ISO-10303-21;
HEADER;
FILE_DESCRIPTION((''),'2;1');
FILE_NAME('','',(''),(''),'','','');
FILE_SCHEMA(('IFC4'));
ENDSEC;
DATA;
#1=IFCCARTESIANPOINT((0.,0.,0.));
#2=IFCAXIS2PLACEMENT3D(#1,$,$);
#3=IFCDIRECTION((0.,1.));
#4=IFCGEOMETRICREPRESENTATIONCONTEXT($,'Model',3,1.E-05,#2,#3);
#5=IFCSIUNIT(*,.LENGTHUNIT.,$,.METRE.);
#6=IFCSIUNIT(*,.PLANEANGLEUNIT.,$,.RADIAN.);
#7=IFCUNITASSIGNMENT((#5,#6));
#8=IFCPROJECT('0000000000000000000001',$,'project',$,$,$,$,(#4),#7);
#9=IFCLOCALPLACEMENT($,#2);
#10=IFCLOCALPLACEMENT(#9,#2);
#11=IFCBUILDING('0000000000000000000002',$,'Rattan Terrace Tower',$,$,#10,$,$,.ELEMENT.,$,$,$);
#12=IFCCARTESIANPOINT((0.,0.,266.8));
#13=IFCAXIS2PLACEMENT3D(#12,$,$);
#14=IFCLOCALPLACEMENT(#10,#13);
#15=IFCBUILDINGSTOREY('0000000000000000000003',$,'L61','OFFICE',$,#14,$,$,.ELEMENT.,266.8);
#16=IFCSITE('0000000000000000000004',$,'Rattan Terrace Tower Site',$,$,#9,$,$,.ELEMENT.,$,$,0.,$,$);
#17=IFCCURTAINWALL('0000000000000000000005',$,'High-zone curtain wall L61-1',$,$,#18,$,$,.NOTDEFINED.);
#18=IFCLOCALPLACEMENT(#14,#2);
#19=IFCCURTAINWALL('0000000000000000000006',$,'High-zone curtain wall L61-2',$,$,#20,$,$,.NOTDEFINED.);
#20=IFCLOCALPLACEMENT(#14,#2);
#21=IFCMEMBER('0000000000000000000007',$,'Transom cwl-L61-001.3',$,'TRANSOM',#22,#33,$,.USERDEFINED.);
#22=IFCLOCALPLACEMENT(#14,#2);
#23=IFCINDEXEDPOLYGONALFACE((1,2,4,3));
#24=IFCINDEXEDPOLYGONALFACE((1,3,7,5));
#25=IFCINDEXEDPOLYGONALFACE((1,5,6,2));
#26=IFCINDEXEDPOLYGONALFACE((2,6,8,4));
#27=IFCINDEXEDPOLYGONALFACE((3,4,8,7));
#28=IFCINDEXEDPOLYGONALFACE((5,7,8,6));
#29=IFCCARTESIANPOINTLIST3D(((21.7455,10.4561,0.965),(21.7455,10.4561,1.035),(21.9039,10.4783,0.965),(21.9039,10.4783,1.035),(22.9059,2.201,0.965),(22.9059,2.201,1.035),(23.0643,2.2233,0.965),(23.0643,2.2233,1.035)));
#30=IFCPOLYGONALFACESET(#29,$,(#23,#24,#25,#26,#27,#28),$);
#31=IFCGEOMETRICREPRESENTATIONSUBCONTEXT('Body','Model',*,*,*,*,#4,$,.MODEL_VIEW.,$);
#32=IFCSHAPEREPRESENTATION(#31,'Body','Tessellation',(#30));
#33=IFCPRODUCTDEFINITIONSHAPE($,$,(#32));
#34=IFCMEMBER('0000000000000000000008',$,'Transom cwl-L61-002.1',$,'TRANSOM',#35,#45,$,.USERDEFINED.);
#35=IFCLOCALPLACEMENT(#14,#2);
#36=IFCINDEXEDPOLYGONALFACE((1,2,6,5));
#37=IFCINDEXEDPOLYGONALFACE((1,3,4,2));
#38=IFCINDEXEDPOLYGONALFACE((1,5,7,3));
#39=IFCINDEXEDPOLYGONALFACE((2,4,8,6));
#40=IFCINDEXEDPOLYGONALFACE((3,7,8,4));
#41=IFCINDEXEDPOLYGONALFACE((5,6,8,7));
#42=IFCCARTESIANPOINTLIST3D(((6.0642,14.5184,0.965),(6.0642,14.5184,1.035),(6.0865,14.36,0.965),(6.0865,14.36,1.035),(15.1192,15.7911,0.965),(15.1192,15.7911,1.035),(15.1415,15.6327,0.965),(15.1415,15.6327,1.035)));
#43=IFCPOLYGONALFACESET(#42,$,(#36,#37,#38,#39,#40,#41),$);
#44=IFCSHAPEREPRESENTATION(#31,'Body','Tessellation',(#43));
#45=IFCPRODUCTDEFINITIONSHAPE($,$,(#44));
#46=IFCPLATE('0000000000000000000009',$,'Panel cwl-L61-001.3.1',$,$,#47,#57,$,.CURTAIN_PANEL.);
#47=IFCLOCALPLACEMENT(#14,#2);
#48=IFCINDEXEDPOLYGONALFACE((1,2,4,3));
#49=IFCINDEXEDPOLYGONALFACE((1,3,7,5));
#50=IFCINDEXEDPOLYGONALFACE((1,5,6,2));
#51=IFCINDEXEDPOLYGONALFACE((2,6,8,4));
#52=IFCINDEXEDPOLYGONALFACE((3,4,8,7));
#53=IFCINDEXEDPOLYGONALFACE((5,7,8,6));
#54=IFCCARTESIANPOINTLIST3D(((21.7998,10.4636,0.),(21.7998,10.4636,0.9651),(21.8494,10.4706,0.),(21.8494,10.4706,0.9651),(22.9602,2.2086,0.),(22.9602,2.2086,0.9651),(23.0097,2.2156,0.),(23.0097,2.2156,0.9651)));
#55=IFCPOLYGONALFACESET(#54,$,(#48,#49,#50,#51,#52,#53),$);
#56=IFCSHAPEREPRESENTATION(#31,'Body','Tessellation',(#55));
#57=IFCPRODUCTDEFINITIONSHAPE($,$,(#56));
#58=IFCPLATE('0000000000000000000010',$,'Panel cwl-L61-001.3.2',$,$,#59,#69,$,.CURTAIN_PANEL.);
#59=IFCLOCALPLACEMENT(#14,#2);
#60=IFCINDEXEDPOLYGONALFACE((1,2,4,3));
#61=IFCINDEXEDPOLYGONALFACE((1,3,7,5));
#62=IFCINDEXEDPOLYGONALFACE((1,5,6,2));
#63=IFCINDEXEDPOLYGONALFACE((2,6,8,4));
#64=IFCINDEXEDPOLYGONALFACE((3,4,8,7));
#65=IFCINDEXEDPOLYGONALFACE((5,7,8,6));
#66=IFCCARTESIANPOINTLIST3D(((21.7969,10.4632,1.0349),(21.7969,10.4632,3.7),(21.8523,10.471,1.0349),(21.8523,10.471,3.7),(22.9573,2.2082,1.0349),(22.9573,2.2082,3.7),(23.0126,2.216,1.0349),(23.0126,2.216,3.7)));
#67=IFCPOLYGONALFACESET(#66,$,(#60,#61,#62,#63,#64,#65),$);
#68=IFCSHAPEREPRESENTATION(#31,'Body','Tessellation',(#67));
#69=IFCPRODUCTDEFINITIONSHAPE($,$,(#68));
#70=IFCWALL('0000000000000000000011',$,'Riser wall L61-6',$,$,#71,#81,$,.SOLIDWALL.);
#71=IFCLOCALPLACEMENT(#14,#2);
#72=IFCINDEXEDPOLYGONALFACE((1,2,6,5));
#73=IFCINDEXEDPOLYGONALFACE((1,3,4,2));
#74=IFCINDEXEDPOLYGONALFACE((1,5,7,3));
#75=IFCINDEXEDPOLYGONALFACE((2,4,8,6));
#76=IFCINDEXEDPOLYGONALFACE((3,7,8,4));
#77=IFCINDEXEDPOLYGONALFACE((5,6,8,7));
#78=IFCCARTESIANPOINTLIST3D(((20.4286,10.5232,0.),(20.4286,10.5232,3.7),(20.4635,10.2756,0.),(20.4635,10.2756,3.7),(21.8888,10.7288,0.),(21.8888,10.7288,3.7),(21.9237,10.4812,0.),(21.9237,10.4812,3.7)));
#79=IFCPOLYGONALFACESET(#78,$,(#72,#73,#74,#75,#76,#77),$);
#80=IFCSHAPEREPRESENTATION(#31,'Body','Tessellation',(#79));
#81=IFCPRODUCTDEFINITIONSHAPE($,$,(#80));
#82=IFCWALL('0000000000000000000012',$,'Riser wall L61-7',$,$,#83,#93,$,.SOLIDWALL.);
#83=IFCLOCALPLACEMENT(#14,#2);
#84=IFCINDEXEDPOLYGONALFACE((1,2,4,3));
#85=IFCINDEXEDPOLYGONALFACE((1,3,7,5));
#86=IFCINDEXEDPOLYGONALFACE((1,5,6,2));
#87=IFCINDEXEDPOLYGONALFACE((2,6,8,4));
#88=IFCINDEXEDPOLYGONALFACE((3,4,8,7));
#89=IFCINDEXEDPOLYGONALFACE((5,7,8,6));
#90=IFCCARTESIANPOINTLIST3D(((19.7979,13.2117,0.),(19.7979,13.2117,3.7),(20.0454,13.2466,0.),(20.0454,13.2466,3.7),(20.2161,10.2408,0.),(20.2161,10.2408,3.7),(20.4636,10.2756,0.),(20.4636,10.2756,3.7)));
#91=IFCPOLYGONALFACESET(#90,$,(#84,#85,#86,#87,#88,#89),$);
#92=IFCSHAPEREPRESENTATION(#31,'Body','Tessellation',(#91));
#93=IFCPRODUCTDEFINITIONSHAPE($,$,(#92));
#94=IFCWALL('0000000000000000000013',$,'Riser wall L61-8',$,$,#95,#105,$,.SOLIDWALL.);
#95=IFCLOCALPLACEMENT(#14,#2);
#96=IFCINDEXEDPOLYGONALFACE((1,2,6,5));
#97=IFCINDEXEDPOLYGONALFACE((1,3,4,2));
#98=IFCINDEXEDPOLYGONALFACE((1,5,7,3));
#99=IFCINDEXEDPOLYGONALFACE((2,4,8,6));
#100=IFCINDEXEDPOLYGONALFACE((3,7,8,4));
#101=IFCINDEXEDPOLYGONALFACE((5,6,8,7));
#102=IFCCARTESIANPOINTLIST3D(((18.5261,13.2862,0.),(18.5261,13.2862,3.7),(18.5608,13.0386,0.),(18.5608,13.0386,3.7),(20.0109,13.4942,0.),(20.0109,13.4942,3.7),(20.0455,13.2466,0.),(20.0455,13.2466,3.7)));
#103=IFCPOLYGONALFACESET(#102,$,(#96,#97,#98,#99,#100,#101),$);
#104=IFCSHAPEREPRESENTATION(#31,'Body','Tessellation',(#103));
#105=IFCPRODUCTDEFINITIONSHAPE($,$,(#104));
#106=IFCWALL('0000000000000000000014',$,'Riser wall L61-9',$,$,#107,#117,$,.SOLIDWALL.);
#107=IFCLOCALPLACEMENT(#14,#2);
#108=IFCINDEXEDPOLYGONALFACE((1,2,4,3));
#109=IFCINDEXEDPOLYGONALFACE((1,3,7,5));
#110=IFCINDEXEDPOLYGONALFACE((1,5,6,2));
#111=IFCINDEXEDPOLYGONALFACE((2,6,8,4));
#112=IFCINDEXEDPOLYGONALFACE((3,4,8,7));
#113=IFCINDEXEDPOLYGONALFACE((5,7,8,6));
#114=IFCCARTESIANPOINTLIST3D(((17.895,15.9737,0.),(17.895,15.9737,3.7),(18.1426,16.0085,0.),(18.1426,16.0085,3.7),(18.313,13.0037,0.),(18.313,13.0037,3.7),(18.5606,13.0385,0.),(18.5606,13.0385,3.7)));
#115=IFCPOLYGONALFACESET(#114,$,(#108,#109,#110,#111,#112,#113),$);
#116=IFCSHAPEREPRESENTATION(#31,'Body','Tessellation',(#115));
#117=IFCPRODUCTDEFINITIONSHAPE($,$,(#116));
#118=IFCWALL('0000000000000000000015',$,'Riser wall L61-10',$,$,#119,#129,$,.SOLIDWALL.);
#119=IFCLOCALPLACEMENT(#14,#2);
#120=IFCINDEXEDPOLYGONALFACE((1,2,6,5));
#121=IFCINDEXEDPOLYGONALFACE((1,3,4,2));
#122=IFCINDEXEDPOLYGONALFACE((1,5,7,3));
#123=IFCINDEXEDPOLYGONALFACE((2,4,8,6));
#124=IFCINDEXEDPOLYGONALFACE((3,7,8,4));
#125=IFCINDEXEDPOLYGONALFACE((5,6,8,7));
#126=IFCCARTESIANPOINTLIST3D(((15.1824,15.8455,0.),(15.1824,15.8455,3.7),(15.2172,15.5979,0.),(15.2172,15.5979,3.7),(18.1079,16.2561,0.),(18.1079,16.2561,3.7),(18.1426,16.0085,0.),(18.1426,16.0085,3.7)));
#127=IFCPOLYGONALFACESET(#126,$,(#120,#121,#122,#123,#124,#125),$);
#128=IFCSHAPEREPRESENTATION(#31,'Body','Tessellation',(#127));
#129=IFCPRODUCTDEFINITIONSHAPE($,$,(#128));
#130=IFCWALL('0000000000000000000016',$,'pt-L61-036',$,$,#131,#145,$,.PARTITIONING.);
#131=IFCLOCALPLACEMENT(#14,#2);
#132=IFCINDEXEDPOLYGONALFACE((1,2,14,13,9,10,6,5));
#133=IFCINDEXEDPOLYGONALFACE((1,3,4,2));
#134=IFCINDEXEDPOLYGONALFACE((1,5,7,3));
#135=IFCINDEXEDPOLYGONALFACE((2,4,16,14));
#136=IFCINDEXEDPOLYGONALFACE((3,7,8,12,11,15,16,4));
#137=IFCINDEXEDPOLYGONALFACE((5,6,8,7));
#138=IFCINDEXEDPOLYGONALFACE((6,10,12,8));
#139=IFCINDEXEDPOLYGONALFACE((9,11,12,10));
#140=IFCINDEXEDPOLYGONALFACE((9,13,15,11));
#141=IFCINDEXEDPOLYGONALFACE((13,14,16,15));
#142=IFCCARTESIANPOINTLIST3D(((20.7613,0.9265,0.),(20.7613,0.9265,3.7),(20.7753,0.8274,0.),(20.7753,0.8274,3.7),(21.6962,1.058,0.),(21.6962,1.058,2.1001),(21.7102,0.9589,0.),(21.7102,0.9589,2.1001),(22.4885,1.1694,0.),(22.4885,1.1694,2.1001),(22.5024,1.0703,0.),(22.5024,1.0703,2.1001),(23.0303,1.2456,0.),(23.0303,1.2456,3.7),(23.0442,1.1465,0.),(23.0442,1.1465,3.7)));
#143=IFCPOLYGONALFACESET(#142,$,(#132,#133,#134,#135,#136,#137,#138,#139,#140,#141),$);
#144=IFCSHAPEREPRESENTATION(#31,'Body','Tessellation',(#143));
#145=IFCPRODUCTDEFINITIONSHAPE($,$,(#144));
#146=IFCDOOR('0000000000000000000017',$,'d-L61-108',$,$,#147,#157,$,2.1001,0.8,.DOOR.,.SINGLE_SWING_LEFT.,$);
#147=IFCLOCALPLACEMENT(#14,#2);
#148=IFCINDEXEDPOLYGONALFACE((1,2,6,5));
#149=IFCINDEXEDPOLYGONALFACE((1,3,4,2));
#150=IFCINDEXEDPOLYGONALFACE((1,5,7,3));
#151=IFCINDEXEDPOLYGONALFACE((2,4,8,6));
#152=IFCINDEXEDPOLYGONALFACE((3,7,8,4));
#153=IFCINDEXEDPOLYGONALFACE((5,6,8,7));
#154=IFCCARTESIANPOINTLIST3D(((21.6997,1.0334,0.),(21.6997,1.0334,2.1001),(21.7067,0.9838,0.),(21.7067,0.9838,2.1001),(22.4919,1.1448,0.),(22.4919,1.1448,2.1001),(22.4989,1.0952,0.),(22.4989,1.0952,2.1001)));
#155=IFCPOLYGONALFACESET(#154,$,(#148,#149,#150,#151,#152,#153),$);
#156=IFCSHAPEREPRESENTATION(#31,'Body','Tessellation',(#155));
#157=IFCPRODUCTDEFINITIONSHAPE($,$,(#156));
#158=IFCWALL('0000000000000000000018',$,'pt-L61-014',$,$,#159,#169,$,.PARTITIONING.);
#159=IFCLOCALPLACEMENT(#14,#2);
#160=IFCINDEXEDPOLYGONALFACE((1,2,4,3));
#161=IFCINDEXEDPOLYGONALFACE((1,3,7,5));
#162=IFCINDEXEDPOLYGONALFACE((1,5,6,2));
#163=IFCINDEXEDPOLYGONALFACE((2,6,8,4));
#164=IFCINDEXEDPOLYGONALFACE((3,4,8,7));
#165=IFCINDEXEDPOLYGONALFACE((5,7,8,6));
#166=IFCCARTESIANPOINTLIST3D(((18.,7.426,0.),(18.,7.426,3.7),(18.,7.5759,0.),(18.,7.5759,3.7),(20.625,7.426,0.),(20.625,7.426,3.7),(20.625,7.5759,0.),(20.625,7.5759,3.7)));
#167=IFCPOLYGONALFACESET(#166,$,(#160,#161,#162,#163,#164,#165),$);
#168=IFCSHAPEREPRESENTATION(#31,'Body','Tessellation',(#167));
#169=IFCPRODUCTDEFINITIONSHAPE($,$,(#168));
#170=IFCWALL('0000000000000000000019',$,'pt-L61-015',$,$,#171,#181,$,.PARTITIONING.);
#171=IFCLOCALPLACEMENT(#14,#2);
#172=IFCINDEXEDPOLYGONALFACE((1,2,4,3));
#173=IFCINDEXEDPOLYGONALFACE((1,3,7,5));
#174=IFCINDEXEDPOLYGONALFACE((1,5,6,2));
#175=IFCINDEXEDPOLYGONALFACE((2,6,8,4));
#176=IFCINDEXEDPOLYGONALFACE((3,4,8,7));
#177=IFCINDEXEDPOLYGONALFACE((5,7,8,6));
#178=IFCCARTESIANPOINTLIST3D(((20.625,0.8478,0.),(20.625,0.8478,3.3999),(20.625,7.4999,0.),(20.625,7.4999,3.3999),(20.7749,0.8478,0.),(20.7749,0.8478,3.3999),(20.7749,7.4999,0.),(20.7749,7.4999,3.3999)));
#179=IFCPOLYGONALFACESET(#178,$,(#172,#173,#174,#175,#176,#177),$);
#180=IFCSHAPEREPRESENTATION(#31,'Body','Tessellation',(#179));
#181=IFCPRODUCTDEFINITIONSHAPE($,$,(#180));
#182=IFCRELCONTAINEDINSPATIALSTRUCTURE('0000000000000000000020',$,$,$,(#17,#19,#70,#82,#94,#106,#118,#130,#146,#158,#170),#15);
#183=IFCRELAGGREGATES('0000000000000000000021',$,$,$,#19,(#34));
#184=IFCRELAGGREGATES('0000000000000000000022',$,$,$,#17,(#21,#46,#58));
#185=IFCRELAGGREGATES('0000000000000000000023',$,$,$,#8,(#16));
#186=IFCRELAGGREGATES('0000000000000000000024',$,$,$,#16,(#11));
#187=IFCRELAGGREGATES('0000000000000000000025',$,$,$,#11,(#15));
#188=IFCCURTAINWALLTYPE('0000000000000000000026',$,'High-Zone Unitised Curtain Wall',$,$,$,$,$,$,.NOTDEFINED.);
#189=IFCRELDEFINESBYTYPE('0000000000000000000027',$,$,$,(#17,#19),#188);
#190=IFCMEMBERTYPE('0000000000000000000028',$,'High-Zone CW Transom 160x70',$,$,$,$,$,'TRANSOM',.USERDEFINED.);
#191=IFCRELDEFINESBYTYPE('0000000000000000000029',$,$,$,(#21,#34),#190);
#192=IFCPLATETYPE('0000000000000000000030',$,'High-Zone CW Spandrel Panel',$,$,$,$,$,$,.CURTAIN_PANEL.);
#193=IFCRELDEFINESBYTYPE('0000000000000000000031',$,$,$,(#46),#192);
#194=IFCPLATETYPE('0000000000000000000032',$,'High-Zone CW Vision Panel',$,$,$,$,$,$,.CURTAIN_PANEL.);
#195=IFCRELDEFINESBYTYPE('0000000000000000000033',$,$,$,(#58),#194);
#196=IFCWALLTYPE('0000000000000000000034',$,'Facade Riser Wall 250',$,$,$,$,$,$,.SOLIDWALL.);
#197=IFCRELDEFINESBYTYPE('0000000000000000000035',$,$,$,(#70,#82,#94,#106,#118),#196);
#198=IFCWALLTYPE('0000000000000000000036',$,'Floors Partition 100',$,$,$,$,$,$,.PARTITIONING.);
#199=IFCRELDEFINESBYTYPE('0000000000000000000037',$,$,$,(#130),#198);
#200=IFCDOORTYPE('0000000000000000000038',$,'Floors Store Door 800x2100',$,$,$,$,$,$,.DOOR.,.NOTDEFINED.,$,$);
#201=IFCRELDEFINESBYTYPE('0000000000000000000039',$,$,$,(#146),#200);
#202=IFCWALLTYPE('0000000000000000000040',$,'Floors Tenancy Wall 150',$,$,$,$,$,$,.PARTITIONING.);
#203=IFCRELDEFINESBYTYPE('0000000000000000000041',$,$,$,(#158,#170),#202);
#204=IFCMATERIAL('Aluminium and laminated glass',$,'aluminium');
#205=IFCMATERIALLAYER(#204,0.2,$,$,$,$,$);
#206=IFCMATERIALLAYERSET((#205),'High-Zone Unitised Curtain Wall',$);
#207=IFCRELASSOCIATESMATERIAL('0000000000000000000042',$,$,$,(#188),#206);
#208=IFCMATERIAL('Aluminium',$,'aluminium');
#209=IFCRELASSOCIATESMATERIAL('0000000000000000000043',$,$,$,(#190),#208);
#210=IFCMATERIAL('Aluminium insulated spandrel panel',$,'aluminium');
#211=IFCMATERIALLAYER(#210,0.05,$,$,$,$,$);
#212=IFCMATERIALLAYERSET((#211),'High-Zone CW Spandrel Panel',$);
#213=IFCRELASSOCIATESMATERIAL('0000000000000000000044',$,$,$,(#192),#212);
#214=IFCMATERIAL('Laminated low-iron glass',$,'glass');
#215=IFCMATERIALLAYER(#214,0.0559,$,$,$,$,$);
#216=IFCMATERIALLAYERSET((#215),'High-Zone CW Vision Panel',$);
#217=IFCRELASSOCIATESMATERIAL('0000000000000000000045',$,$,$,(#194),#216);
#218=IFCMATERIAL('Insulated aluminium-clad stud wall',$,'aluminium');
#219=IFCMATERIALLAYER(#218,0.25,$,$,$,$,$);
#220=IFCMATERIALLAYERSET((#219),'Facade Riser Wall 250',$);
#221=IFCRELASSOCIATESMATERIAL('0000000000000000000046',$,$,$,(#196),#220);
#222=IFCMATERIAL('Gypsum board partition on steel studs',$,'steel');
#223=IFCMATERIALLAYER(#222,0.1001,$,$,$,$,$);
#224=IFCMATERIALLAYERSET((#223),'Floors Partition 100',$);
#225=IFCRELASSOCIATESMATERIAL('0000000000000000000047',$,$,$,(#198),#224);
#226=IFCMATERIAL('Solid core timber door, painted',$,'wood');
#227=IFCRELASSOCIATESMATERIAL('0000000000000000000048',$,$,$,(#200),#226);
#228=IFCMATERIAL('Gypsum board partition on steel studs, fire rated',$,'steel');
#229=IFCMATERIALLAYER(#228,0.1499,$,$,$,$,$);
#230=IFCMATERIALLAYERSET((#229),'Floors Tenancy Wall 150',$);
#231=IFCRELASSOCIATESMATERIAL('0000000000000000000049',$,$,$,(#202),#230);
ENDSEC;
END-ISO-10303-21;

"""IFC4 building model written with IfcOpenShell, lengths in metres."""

from ifc_helpers import new_model, si_unit, direction, frame, frame_2d, origin, origin_2d, place, context, subcontext, project, spatial, rectangle, extrude, material, layer, layer_set, material_profile, profile_set, type_object, element, fill, aggregate, save


model = new_model("IFC4")

# Units and contexts
model_context = context("Model", 3, precision=1e-05, world=origin(), true_north=direction((0.0, 1.0)))
body_context = subcontext(model_context, "Body", "Model", "MODEL_VIEW")
ifc_project = project(units=[si_unit("LENGTHUNIT", "METRE"), si_unit("PLANEANGLEUNIT", "RADIAN")], contexts=[model_context])

# Site, building, storey
site_placement = place(None, origin())
site = spatial("IfcSite", under=ifc_project, at=site_placement, Name="Rattan Terrace Tower Site", CompositionType="ELEMENT", RefElevation=0.0)
building_placement = place(site_placement, origin())
building = spatial("IfcBuilding", under=site, at=building_placement, Name="Rattan Terrace Tower", CompositionType="ELEMENT")
storey_placement = place(building_placement, frame((0.0, 0.0, 266.8)))
storey = spatial("IfcBuildingStorey", under=building, at=storey_placement, Name="L61", Description="OFFICE", CompositionType="ELEMENT", Elevation=266.8)

# Curtain walls
ifc_material_1 = material(Name="Aluminium and laminated glass", Category="aluminium")
ifc_layer_1 = layer(ifc_material_1, 0.2)
ifc_layer_set_1 = layer_set([ifc_layer_1], Name="High-Zone Unitised Curtain Wall")
curtain_wall_type = type_object("IfcCurtainWallType", Name="High-Zone Unitised Curtain Wall", PredefinedType="NOTDEFINED", material=ifc_layer_set_1)
curtain_wall_1_placement = place(storey_placement, origin())
curtain_wall_1 = element("IfcCurtainWall", 1, at=curtain_wall_1_placement, inside=storey, type_object=curtain_wall_type, Name="High-zone curtain wall L61-1", PredefinedType="NOTDEFINED")
curtain_wall_2_placement = place(storey_placement, origin())
curtain_wall_2 = element("IfcCurtainWall", 2, at=curtain_wall_2_placement, inside=storey, type_object=curtain_wall_type, Name="High-zone curtain wall L61-2", PredefinedType="NOTDEFINED")

# Members
ifc_material_2 = material(Name="Aluminium", Category="aluminium")
ifc_material_profile_1 = material_profile(ifc_material_2, rectangle(XDim=0.1599, YDim=0.0701, at=origin_2d()), Name="Aluminium 160x70")
ifc_profile_set_1 = profile_set([ifc_material_profile_1], Name="Aluminium")
member_type_1 = type_object("IfcMemberType", Name="High-Zone CW Transom 160x70", ElementType="TRANSOM", PredefinedType="USERDEFINED", material=ifc_profile_set_1)
member_1_placement = place(storey_placement, frame((22.9851, 2.2122, 1.0), z_axis=(-0.139199, 0.990264, 0.0), x_axis=(-0.990264, -0.139199, 0.0)))
member_1 = element("IfcMember", 3, at=member_1_placement, type_object=member_type_1, Name="Transom cwl-L61-001.3", ObjectType="TRANSOM", PredefinedType="USERDEFINED", context=body_context, shape_type="SweptSolid", body=[
    extrude(rectangle(XDim=0.1599, YDim=0.0701, at=origin_2d()), origin(), (0.0, 0.0, 1.0), 8.3362),
])
member_2_placement = place(storey_placement, frame((15.1304, 15.7119, 1.0), z_axis=(-0.990266, -0.139186, 0.0), x_axis=(0.139186, -0.990266, 0.0)))
member_2 = element("IfcMember", 4, at=member_2_placement, type_object=member_type_1, Name="Transom cwl-L61-002.1", ObjectType="TRANSOM", PredefinedType="USERDEFINED", context=body_context, shape_type="SweptSolid", body=[
    extrude(rectangle(XDim=0.1599, YDim=0.0701, at=origin_2d()), origin(), (0.0, 0.0, 1.0), 9.144),
])
aggregate(curtain_wall_2, [member_2])

# Plates
ifc_material_3 = material(Name="Aluminium insulated spandrel panel", Category="aluminium")
ifc_layer_2 = layer(ifc_material_3, 0.05)
ifc_layer_set_2 = layer_set([ifc_layer_2], Name="High-Zone CW Spandrel Panel")
plate_type_1 = type_object("IfcPlateType", Name="High-Zone CW Spandrel Panel", PredefinedType="CURTAIN_PANEL", material=ifc_layer_set_2)
plate_1_placement = place(storey_placement, frame((22.4048, 6.3396, 0.0), z_axis=(0.0, 0.0, 1.0), x_axis=(-0.139192, 0.990265, 0.0)))
plate_1 = element("IfcPlate", 5, at=plate_1_placement, type_object=plate_type_1, Name="Panel cwl-L61-001.3.1", PredefinedType="CURTAIN_PANEL", context=body_context, shape_type="SweptSolid", body=[
    extrude(rectangle(XDim=8.3362, YDim=0.05, at=origin_2d()), origin(), (0.0, 0.0, 1.0), 0.9651),
])
ifc_material_4 = material(Name="Laminated low-iron glass", Category="glass")
ifc_layer_3 = layer(ifc_material_4, 0.0559)
ifc_layer_set_3 = layer_set([ifc_layer_3], Name="High-Zone CW Vision Panel")
plate_type_2 = type_object("IfcPlateType", Name="High-Zone CW Vision Panel", PredefinedType="CURTAIN_PANEL", material=ifc_layer_set_3)
plate_2_placement = place(storey_placement, frame((22.4048, 6.3396, 1.0349), z_axis=(0.0, 0.0, 1.0), x_axis=(-0.139192, 0.990265, 0.0)))
plate_2 = element("IfcPlate", 6, at=plate_2_placement, type_object=plate_type_2, Name="Panel cwl-L61-001.3.2", PredefinedType="CURTAIN_PANEL", context=body_context, shape_type="SweptSolid", body=[
    extrude(rectangle(XDim=8.3362, YDim=0.0559, at=origin_2d()), origin(), (0.0, 0.0, 1.0), 2.665),
])
aggregate(curtain_wall_1, [member_1, plate_1, plate_2])

# Walls
ifc_material_5 = material(Name="Insulated aluminium-clad stud wall", Category="aluminium")
ifc_layer_4 = layer(ifc_material_5, 0.25)
ifc_layer_set_4 = layer_set([ifc_layer_4], Name="Facade Riser Wall 250")
wall_type_1 = type_object("IfcWallType", Name="Facade Riser Wall 250", PredefinedType="SOLIDWALL", material=ifc_layer_set_4)
wall_1_placement = place(storey_placement, frame((21.9062, 10.605, 0.0), z_axis=(0.0, 0.0, 1.0), x_axis=(-0.990236, -0.139404, 0.0)))
element("IfcWall", 7, at=wall_1_placement, inside=storey, type_object=wall_type_1, Name="Riser wall L61-6", PredefinedType="SOLIDWALL", context=body_context, shape_type="SweptSolid", body=[
    extrude(rectangle(XDim=1.4746, YDim=0.25, at=frame_2d((0.7373, 0.0))), origin(), (0.0, 0.0, 1.0), 3.7),
])
wall_2_placement = place(storey_placement, frame((20.3398, 10.2583, 0.0), z_axis=(0.0, 0.0, 1.0), x_axis=(-0.139393, 0.990237, 0.0)))
element("IfcWall", 8, at=wall_2_placement, inside=storey, type_object=wall_type_1, Name="Riser wall L61-7", PredefinedType="SOLIDWALL", context=body_context, shape_type="SweptSolid", body=[
    extrude(rectangle(XDim=3.0002, YDim=0.25, at=frame_2d((1.5, 0.0))), origin(), (0.0, 0.0, 1.0), 3.7),
])
wall_3_placement = place(storey_placement, frame((20.0281, 13.3704, 0.0), z_axis=(0.0, 0.0, 1.0), x_axis=(-0.99033, -0.138731, 0.0)))
element("IfcWall", 9, at=wall_3_placement, inside=storey, type_object=wall_type_1, Name="Riser wall L61-8", PredefinedType="SOLIDWALL", context=body_context, shape_type="SweptSolid", body=[
    extrude(rectangle(XDim=1.4993, YDim=0.25, at=frame_2d((0.7495, 0.0))), origin(), (0.0, 0.0, 1.0), 3.7),
])
wall_4_placement = place(storey_placement, frame((18.4368, 13.0212, 0.0), z_axis=(0.0, 0.0, 1.0), x_axis=(-0.139358, 0.990242, 0.0)))
element("IfcWall", 10, at=wall_4_placement, inside=storey, type_object=wall_type_1, Name="Riser wall L61-9", PredefinedType="SOLIDWALL", context=body_context, shape_type="SweptSolid", body=[
    extrude(rectangle(XDim=2.9993, YDim=0.25, at=frame_2d((1.4995, 0.0))), origin(), (0.0, 0.0, 1.0), 3.7),
])
wall_5_placement = place(storey_placement, frame((18.1252, 16.1323, 0.0), z_axis=(0.0, 0.0, 1.0), x_axis=(-0.990292, -0.139003, 0.0)))
element("IfcWall", 11, at=wall_5_placement, inside=storey, type_object=wall_type_1, Name="Riser wall L61-10", PredefinedType="SOLIDWALL", context=body_context, shape_type="SweptSolid", body=[
    extrude(rectangle(XDim=2.9541, YDim=0.25, at=frame_2d((1.4771, 0.0))), origin(), (0.0, 0.0, 1.0), 3.7),
])

# Wall, opening, door
ifc_material_6 = material(Name="Gypsum board partition on steel studs", Category="steel")
ifc_layer_5 = layer(ifc_material_6, 0.1001)
ifc_layer_set_5 = layer_set([ifc_layer_5], Name="Floors Partition 100")
wall_type_2 = type_object("IfcWallType", Name="Floors Partition 100", PredefinedType="PARTITIONING", material=ifc_layer_set_5)
wall_6_placement = place(storey_placement, frame((23.0371, 1.196, 0.0), z_axis=(0.0, 0.0, 1.0), x_axis=(-0.990256, -0.139258, 0.0)))
wall_6 = element("IfcWall", 12, at=wall_6_placement, inside=storey, type_object=wall_type_2, Name="pt-L61-036", PredefinedType="PARTITIONING", context=body_context, shape_type="SweptSolid", body=[
    extrude(rectangle(XDim=2.2913, YDim=0.1001, at=frame_2d((1.1455, 0.0))), origin(), (0.0, 0.0, 1.0), 3.7),
])
opening_placement = place(wall_6_placement, frame((0.5471, 0.0, 0.0)))
opening = element("IfcOpeningElement", 13, at=opening_placement, cuts=wall_6, PredefinedType="OPENING", context=body_context, shape_type="SweptSolid", body=[
    extrude(rectangle(XDim=0.8, YDim=2.1001, at=frame_2d((0.3999, 1.05))), frame((0.0, 0.0605, 0.0), z_axis=(0.0, -1.0, 0.0), x_axis=(1.0, 0.0, 0.0)), (0.0, 0.0, 1.0), 0.1211),
])
ifc_material_7 = material(Name="Solid core timber door, painted", Category="wood")
door_type = type_object("IfcDoorType", Name="Floors Store Door 800x2100", OperationType="NOTDEFINED", PredefinedType="DOOR", material=ifc_material_7)
door_placement = place(opening_placement, origin())
door = element("IfcDoor", 14, at=door_placement, inside=storey, type_object=door_type, Name="d-L61-108", OperationType="SINGLE_SWING_LEFT", OverallHeight=2.1001, OverallWidth=0.8, PredefinedType="DOOR", context=body_context, shape_type="SweptSolid", body=[
    extrude(rectangle(XDim=0.8, YDim=2.1001, at=frame_2d((0.3999, 1.05))), frame((0.0, 0.0249, 0.0), z_axis=(0.0, -1.0, 0.0), x_axis=(1.0, 0.0, 0.0)), (0.0, 0.0, 1.0), 0.05),
])
fill(opening, door)

# Walls
ifc_material_8 = material(Name="Gypsum board partition on steel studs, fire rated", Category="steel")
ifc_layer_6 = layer(ifc_material_8, 0.1499)
ifc_layer_set_6 = layer_set([ifc_layer_6], Name="Floors Tenancy Wall 150")
wall_type_3 = type_object("IfcWallType", Name="Floors Tenancy Wall 150", PredefinedType="PARTITIONING", material=ifc_layer_set_6)
wall_7_placement = place(storey_placement, frame((18.0, 7.501, 0.0), z_axis=(0.0, 0.0, 1.0), x_axis=(1.0, 0.0, 0.0)))
element("IfcWall", 15, at=wall_7_placement, inside=storey, type_object=wall_type_3, Name="pt-L61-014", PredefinedType="PARTITIONING", context=body_context, shape_type="SweptSolid", body=[
    extrude(rectangle(XDim=2.625, YDim=0.1499, at=frame_2d((1.3125, 0.0))), origin(), (0.0, 0.0, 1.0), 3.7),
])
wall_8_placement = place(storey_placement, frame((20.7, 7.5, 0.0), z_axis=(0.0, 0.0, 1.0), x_axis=(0.0, -1.0, 0.0)))
element("IfcWall", 16, at=wall_8_placement, inside=storey, type_object=wall_type_3, Name="pt-L61-015", PredefinedType="PARTITIONING", context=body_context, shape_type="SweptSolid", body=[
    extrude(rectangle(XDim=6.6521, YDim=0.1499, at=frame_2d((3.3262, 0.0))), origin(), (0.0, 0.0, 1.0), 3.3999),
])

save(model, "model.ifc")
